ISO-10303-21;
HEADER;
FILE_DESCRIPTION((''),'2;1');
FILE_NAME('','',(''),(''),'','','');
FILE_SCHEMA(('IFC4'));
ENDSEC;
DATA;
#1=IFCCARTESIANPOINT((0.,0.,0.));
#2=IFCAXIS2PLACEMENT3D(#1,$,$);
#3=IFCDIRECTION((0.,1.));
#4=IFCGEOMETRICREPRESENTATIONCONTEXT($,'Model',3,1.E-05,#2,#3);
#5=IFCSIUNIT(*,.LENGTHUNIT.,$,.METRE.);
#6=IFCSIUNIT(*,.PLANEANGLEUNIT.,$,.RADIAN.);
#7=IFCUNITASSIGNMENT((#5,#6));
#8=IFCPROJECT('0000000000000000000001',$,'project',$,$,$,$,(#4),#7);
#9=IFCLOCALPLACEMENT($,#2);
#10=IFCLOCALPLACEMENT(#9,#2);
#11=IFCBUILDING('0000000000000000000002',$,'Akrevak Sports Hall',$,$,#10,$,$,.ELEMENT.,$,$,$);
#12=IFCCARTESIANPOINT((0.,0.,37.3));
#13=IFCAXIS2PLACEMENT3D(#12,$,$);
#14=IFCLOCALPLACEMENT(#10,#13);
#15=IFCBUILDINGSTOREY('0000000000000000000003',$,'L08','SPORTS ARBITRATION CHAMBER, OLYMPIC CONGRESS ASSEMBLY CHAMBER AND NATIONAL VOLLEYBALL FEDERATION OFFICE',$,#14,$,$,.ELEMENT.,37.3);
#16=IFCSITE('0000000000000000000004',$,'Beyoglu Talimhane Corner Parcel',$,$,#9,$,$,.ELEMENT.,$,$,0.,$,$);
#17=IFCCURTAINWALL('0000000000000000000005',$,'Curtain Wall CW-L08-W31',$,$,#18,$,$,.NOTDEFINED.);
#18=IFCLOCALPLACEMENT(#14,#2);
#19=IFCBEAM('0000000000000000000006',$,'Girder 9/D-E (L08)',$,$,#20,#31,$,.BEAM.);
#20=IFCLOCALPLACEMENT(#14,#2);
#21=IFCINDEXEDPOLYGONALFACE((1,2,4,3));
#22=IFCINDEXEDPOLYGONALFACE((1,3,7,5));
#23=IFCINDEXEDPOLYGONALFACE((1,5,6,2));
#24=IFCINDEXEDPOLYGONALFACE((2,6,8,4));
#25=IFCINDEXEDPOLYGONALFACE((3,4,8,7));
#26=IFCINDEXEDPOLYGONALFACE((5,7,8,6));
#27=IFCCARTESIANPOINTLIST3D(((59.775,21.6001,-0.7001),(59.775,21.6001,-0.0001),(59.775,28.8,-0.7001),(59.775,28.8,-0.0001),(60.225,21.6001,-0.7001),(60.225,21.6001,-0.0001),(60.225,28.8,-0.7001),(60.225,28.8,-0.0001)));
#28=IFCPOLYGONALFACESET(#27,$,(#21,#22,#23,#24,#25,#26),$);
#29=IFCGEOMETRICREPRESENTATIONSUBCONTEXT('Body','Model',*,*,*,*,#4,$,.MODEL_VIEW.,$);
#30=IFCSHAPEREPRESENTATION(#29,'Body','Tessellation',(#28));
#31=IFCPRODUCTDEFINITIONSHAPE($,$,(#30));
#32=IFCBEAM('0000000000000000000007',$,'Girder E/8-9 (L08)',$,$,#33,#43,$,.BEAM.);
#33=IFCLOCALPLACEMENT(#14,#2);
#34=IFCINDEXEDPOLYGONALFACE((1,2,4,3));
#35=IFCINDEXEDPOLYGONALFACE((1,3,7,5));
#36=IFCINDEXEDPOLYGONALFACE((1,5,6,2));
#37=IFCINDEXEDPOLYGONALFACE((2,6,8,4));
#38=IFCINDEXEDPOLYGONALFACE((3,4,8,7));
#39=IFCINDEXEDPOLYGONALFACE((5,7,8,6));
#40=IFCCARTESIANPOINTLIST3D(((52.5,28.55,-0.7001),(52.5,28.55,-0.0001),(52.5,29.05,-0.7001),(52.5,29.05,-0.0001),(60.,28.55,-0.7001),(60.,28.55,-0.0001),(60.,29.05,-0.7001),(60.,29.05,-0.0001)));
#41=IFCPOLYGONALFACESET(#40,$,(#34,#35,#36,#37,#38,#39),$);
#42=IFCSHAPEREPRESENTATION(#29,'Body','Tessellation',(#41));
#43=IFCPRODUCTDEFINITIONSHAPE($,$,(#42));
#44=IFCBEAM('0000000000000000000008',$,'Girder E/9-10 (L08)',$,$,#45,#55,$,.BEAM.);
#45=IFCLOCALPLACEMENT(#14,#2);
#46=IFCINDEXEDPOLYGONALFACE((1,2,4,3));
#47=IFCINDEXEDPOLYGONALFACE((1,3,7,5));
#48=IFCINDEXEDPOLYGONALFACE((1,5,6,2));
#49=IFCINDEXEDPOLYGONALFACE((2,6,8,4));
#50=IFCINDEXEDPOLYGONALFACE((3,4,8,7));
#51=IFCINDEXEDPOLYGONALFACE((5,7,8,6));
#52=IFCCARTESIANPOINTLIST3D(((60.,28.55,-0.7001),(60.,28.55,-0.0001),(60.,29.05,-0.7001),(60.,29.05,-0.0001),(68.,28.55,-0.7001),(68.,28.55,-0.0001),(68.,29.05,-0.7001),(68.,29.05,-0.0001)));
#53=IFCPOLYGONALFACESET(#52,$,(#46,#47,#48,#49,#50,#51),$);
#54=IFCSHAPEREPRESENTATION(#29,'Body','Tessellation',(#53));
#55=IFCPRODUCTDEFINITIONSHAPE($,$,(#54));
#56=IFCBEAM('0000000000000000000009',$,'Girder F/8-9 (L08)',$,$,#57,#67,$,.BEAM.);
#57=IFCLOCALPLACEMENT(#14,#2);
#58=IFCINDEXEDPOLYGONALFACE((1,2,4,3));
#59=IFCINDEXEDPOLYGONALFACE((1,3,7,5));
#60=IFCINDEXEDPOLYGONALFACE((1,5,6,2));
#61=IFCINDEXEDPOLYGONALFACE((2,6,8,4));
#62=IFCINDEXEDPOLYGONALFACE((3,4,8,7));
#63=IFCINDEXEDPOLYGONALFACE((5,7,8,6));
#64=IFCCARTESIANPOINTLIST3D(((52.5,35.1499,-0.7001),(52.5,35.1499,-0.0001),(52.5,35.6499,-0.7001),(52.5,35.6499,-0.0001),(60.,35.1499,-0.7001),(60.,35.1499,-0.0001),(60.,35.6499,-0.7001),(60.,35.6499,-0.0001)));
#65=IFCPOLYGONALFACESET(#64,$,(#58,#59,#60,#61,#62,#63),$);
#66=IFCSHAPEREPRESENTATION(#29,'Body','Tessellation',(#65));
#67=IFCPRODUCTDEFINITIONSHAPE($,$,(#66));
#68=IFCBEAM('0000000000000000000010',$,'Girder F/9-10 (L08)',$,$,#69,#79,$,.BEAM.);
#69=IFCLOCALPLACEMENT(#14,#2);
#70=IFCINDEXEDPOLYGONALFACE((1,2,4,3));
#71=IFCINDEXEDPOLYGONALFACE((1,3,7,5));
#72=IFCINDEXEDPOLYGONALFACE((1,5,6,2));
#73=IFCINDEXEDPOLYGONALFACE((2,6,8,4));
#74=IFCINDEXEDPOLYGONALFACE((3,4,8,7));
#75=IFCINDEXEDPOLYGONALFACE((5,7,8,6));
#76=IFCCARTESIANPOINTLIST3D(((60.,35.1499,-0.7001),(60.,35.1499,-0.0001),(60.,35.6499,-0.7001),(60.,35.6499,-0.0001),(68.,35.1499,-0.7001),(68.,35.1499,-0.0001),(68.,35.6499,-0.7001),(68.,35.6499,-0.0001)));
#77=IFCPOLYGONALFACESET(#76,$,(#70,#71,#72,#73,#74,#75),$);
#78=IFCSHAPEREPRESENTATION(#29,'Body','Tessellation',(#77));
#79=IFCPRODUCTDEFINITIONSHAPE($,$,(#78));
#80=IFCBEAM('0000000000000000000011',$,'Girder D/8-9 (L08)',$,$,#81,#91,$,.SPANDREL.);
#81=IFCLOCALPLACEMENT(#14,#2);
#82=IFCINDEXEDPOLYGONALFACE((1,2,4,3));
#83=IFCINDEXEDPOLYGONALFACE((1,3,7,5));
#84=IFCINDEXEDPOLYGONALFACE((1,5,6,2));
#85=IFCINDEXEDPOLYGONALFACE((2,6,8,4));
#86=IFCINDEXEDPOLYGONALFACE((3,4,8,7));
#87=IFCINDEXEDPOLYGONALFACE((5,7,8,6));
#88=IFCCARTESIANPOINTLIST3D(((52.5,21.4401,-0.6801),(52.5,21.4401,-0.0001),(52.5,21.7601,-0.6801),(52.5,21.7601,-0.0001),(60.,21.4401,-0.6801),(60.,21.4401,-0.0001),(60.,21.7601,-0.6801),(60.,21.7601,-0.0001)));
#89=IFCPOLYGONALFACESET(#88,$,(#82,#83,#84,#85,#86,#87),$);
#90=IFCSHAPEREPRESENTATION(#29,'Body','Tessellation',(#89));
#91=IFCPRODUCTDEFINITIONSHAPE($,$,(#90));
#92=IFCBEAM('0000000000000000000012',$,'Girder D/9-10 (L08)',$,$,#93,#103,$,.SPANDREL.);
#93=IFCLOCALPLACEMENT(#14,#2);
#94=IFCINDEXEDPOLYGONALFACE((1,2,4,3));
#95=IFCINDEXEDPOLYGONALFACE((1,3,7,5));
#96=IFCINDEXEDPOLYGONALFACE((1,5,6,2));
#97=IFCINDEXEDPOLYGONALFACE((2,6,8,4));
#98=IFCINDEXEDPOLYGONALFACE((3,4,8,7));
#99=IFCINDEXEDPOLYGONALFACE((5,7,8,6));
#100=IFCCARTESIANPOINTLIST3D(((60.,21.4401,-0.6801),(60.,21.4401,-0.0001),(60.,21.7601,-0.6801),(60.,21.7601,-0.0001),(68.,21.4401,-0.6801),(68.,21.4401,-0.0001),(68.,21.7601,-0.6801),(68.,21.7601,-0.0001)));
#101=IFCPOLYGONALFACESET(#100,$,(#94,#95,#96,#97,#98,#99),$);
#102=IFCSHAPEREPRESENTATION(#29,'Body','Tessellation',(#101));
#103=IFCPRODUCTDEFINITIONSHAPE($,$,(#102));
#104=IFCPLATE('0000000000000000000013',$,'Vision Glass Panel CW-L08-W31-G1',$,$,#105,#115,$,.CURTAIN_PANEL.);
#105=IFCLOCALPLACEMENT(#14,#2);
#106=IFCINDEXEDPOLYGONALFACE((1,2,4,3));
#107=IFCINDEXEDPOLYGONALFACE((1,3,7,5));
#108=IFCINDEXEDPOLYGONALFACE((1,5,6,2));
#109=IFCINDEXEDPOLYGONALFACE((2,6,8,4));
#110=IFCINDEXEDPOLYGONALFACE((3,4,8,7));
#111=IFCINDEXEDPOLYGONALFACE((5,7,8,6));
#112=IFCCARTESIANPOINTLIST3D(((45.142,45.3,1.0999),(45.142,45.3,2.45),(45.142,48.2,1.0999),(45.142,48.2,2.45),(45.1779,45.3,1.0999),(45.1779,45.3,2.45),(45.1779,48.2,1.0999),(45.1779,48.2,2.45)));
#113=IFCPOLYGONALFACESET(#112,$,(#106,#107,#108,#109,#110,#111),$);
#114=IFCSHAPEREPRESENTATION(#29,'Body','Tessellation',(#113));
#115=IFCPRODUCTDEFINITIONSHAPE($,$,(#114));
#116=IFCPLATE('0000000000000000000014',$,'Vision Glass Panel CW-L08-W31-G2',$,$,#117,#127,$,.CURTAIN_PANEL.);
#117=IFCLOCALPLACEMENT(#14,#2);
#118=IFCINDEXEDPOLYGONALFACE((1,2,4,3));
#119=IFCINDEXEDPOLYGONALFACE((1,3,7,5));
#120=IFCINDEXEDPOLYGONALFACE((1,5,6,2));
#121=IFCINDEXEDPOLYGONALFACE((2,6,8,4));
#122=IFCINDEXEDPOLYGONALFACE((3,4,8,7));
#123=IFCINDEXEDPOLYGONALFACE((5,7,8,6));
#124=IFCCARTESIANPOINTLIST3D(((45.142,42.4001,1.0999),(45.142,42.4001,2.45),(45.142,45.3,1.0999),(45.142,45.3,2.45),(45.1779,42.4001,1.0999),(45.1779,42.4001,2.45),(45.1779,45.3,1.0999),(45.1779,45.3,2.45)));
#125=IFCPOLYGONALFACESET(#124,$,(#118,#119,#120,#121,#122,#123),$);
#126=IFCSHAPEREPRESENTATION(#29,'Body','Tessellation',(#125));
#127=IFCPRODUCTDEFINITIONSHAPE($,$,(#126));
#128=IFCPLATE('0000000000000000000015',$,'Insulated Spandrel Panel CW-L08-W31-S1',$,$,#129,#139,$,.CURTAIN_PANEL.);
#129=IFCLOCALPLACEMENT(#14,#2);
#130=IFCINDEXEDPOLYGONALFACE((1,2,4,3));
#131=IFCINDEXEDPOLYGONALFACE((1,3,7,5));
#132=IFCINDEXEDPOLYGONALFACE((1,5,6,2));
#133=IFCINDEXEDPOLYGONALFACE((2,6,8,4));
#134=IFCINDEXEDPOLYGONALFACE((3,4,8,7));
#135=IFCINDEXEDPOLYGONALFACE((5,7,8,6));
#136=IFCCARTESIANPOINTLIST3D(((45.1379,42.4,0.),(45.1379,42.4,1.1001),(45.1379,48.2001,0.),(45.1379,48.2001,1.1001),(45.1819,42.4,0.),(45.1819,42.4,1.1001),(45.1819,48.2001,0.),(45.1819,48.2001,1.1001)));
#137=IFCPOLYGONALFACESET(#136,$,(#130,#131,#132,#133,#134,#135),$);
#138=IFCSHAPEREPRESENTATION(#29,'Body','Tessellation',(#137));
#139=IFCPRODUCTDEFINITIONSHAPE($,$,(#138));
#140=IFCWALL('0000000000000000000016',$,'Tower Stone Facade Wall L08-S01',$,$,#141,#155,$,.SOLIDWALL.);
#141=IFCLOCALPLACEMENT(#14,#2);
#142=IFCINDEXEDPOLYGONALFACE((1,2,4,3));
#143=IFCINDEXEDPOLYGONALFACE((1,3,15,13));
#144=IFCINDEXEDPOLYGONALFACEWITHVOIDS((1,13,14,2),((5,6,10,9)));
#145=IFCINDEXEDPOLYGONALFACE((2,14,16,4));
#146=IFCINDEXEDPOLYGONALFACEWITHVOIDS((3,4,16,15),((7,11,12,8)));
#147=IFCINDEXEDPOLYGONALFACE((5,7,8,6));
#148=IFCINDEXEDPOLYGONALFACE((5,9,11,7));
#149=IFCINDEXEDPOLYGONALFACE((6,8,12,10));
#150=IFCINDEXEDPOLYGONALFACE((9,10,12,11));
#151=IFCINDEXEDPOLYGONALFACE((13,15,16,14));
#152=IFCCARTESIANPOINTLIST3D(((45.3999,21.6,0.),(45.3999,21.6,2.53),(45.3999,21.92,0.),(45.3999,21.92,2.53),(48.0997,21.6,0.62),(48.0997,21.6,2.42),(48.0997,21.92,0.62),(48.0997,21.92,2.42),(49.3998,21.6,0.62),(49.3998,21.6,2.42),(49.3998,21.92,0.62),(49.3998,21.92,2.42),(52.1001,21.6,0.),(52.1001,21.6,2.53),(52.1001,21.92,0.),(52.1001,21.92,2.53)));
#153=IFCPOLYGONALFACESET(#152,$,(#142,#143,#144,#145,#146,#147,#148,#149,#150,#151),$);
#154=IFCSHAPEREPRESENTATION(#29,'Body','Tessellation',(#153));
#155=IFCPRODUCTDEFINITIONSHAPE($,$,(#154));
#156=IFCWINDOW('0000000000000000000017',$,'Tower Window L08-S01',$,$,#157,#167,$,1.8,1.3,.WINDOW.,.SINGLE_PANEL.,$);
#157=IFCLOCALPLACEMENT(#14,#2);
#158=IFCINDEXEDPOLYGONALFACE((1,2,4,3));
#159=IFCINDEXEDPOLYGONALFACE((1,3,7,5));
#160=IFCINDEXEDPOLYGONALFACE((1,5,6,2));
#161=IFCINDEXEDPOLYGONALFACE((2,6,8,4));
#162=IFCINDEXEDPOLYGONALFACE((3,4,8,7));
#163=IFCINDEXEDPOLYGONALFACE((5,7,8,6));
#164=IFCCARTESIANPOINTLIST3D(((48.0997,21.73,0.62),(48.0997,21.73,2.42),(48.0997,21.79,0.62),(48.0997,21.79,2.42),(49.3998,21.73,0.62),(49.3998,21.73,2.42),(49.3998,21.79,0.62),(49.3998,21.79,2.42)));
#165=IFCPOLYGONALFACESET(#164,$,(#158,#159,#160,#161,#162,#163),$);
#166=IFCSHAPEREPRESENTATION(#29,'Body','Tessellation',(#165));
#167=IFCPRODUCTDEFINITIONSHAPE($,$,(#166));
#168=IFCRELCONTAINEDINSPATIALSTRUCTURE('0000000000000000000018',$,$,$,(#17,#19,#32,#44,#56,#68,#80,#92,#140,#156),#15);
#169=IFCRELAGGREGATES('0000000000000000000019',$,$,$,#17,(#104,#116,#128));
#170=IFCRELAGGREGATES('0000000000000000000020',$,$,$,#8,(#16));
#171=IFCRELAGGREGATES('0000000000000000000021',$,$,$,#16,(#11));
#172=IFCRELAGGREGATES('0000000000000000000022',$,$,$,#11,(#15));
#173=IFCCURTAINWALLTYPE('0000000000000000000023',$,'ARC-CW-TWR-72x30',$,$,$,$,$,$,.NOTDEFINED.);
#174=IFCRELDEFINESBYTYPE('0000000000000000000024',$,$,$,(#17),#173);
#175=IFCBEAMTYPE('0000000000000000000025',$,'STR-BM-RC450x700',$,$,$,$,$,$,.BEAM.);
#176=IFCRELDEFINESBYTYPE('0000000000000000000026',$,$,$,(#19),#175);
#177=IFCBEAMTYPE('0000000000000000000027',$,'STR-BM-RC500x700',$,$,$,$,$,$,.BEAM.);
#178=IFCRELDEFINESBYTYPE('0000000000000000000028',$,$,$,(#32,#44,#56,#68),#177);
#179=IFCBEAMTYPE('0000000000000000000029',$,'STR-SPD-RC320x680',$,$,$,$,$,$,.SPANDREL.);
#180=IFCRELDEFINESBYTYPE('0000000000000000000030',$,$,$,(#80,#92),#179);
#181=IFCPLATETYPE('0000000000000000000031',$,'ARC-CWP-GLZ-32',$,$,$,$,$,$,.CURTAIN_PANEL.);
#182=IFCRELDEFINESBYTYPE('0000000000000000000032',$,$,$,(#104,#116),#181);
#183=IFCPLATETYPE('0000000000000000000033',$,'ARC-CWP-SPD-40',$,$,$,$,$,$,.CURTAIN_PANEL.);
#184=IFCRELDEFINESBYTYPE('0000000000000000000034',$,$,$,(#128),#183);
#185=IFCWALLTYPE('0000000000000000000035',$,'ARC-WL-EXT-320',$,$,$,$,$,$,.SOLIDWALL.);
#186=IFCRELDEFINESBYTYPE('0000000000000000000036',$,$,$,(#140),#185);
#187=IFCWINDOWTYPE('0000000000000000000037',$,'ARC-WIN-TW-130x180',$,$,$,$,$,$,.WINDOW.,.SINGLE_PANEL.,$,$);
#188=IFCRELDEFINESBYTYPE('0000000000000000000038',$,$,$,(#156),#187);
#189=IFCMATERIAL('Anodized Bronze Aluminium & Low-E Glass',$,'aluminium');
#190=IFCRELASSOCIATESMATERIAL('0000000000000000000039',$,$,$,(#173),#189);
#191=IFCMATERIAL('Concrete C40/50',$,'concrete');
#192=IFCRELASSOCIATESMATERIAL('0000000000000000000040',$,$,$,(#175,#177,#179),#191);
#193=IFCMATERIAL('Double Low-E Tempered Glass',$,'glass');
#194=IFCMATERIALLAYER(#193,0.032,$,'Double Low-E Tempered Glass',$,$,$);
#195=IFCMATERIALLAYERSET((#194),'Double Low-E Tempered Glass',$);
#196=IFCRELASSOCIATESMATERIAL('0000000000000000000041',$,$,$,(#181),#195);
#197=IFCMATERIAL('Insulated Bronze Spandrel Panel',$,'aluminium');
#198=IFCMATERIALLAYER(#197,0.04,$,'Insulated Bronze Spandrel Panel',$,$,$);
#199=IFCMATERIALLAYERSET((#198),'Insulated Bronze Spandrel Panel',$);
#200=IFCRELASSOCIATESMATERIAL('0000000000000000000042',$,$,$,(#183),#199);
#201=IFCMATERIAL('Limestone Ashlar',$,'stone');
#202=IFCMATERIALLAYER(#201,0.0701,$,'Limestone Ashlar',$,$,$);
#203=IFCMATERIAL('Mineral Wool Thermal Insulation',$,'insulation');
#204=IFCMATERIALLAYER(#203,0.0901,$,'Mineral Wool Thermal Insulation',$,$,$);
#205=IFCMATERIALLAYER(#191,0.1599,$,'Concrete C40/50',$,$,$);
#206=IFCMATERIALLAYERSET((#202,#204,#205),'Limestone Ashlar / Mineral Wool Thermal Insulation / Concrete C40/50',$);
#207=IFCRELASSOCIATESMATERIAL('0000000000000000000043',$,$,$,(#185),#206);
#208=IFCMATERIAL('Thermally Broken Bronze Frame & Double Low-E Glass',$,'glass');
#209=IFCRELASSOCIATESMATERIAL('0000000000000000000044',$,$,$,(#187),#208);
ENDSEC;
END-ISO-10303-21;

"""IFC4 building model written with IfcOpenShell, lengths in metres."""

from ifc_helpers import new_model, si_unit, direction, frame, frame_2d, origin, origin_2d, place, context, subcontext, project, spatial, rectangle, extrude, material, layer, layer_set, material_profile, profile_set, type_object, element, fill, aggregate, save


model = new_model("IFC4")

# Units and contexts
model_context = context("Model", 3, precision=1e-05, world=origin(), true_north=direction((0.0, 1.0)))
body_context = subcontext(model_context, "Body", "Model", "MODEL_VIEW")
ifc_project = project(units=[si_unit("LENGTHUNIT", "METRE"), si_unit("PLANEANGLEUNIT", "RADIAN")], contexts=[model_context])

# Site, building, storey
site_placement = place(None, origin())
site = spatial("IfcSite", under=ifc_project, at=site_placement, Name="Beyoglu Talimhane Corner Parcel", CompositionType="ELEMENT", RefElevation=0.0)
building_placement = place(site_placement, origin())
building = spatial("IfcBuilding", under=site, at=building_placement, Name="Akrevak Sports Hall", CompositionType="ELEMENT")
storey_placement = place(building_placement, frame((0.0, 0.0, 37.3)))
storey = spatial("IfcBuildingStorey", under=building, at=storey_placement, Name="L08", Description="SPORTS ARBITRATION CHAMBER, OLYMPIC CONGRESS ASSEMBLY CHAMBER AND NATIONAL VOLLEYBALL FEDERATION OFFICE", CompositionType="ELEMENT", Elevation=37.3)

# Shared definitions
ifc_material_1 = material(Name="Concrete C40/50", Category="concrete")

# Curtain wall
ifc_material_2 = material(Name="Anodized Bronze Aluminium & Low-E Glass", Category="aluminium")
curtain_wall_type = type_object("IfcCurtainWallType", Name="ARC-CW-TWR-72x30", PredefinedType="NOTDEFINED", material=ifc_material_2)
curtain_wall_placement = place(storey_placement, origin())
curtain_wall = element("IfcCurtainWall", 1, at=curtain_wall_placement, inside=storey, type_object=curtain_wall_type, Name="Curtain Wall CW-L08-W31", PredefinedType="NOTDEFINED")

# Beams
ifc_material_profile_1 = material_profile(ifc_material_1, rectangle(XDim=0.45, YDim=0.7, at=origin_2d()), Name="BM 450x700", Category="concrete")
ifc_profile_set_1 = profile_set([ifc_material_profile_1], Name="Concrete C40/50")
beam_type_1 = type_object("IfcBeamType", Name="STR-BM-RC450x700", PredefinedType="BEAM", material=ifc_profile_set_1)
beam_1_placement = place(storey_placement, frame((60.0, 21.6001, -0.3501), z_axis=(0.0, 1.0, 0.0), x_axis=(-1.0, 0.0, 0.0)))
element("IfcBeam", 2, at=beam_1_placement, inside=storey, type_object=beam_type_1, Name="Girder 9/D-E (L08)", PredefinedType="BEAM", context=body_context, shape_type="SweptSolid", body=[
    extrude(rectangle(XDim=0.45, YDim=0.7, at=origin_2d()), origin(), (0.0, 0.0, 1.0), 7.2),
])
ifc_material_profile_2 = material_profile(ifc_material_1, rectangle(XDim=0.5, YDim=0.7, at=origin_2d()), Name="BM 500x700", Category="concrete")
ifc_profile_set_2 = profile_set([ifc_material_profile_2], Name="Concrete C40/50")
beam_type_2 = type_object("IfcBeamType", Name="STR-BM-RC500x700", PredefinedType="BEAM", material=ifc_profile_set_2)
beam_2_placement = place(storey_placement, frame((52.5, 28.8, -0.3501), z_axis=(1.0, 0.0, 0.0), x_axis=(0.0, 1.0, 0.0)))
element("IfcBeam", 3, at=beam_2_placement, inside=storey, type_object=beam_type_2, Name="Girder E/8-9 (L08)", PredefinedType="BEAM", context=body_context, shape_type="SweptSolid", body=[
    extrude(rectangle(XDim=0.5, YDim=0.7, at=origin_2d()), origin(), (0.0, 0.0, 1.0), 7.5),
])
beam_3_placement = place(storey_placement, frame((60.0, 28.8, -0.3501), z_axis=(1.0, 0.0, 0.0), x_axis=(0.0, 1.0, 0.0)))
element("IfcBeam", 4, at=beam_3_placement, inside=storey, type_object=beam_type_2, Name="Girder E/9-10 (L08)", PredefinedType="BEAM", context=body_context, shape_type="SweptSolid", body=[
    extrude(rectangle(XDim=0.5, YDim=0.7, at=origin_2d()), origin(), (0.0, 0.0, 1.0), 8.0),
])
beam_4_placement = place(storey_placement, frame((52.5, 35.3999, -0.3501), z_axis=(1.0, 0.0, 0.0), x_axis=(0.0, 1.0, 0.0)))
element("IfcBeam", 5, at=beam_4_placement, inside=storey, type_object=beam_type_2, Name="Girder F/8-9 (L08)", PredefinedType="BEAM", context=body_context, shape_type="SweptSolid", body=[
    extrude(rectangle(XDim=0.5, YDim=0.7, at=origin_2d()), origin(), (0.0, 0.0, 1.0), 7.5),
])
beam_5_placement = place(storey_placement, frame((60.0, 35.3999, -0.3501), z_axis=(1.0, 0.0, 0.0), x_axis=(0.0, 1.0, 0.0)))
element("IfcBeam", 6, at=beam_5_placement, inside=storey, type_object=beam_type_2, Name="Girder F/9-10 (L08)", PredefinedType="BEAM", context=body_context, shape_type="SweptSolid", body=[
    extrude(rectangle(XDim=0.5, YDim=0.7, at=origin_2d()), origin(), (0.0, 0.0, 1.0), 8.0),
])
ifc_material_profile_3 = material_profile(ifc_material_1, rectangle(XDim=0.3201, YDim=0.6799, at=origin_2d()), Name="SPD 320x680", Category="concrete")
ifc_profile_set_3 = profile_set([ifc_material_profile_3], Name="Concrete C40/50")
beam_type_3 = type_object("IfcBeamType", Name="STR-SPD-RC320x680", PredefinedType="SPANDREL", material=ifc_profile_set_3)
beam_6_placement = place(storey_placement, frame((52.5, 21.6001, -0.3401), z_axis=(1.0, 0.0, 0.0), x_axis=(0.0, 1.0, 0.0)))
element("IfcBeam", 7, at=beam_6_placement, inside=storey, type_object=beam_type_3, Name="Girder D/8-9 (L08)", PredefinedType="SPANDREL", context=body_context, shape_type="SweptSolid", body=[
    extrude(rectangle(XDim=0.3201, YDim=0.6799, at=origin_2d()), origin(), (0.0, 0.0, 1.0), 7.5),
])
beam_7_placement = place(storey_placement, frame((60.0, 21.6001, -0.3401), z_axis=(1.0, 0.0, 0.0), x_axis=(0.0, 1.0, 0.0)))
element("IfcBeam", 8, at=beam_7_placement, inside=storey, type_object=beam_type_3, Name="Girder D/9-10 (L08)", PredefinedType="SPANDREL", context=body_context, shape_type="SweptSolid", body=[
    extrude(rectangle(XDim=0.3201, YDim=0.6799, at=origin_2d()), origin(), (0.0, 0.0, 1.0), 8.0),
])

# Plates
ifc_material_3 = material(Name="Double Low-E Tempered Glass", Category="glass")
ifc_layer_1 = layer(ifc_material_3, 0.032, Name="Double Low-E Tempered Glass")
ifc_layer_set_1 = layer_set([ifc_layer_1], Name="Double Low-E Tempered Glass")
plate_type_1 = type_object("IfcPlateType", Name="ARC-CWP-GLZ-32", PredefinedType="CURTAIN_PANEL", material=ifc_layer_set_1)
plate_1_placement = place(storey_placement, frame((45.1599, 46.75, 1.0999), z_axis=(0.0, 0.0, 1.0), x_axis=(0.0, -1.0, 0.0)))
plate_1 = element("IfcPlate", 9, at=plate_1_placement, type_object=plate_type_1, Name="Vision Glass Panel CW-L08-W31-G1", PredefinedType="CURTAIN_PANEL", context=body_context, shape_type="SweptSolid", body=[
    extrude(rectangle(XDim=2.8999, YDim=0.0359, at=origin_2d()), origin(), (0.0, 0.0, 1.0), 1.3501),
])
plate_2_placement = place(storey_placement, frame((45.1599, 43.8501, 1.0999), z_axis=(0.0, 0.0, 1.0), x_axis=(0.0, -1.0, 0.0)))
plate_2 = element("IfcPlate", 10, at=plate_2_placement, type_object=plate_type_1, Name="Vision Glass Panel CW-L08-W31-G2", PredefinedType="CURTAIN_PANEL", context=body_context, shape_type="SweptSolid", body=[
    extrude(rectangle(XDim=2.8999, YDim=0.0359, at=origin_2d()), origin(), (0.0, 0.0, 1.0), 1.3501),
])
ifc_material_4 = material(Name="Insulated Bronze Spandrel Panel", Category="aluminium")
ifc_layer_2 = layer(ifc_material_4, 0.04, Name="Insulated Bronze Spandrel Panel")
ifc_layer_set_2 = layer_set([ifc_layer_2], Name="Insulated Bronze Spandrel Panel")
plate_type_2 = type_object("IfcPlateType", Name="ARC-CWP-SPD-40", PredefinedType="CURTAIN_PANEL", material=ifc_layer_set_2)
plate_3_placement = place(storey_placement, frame((45.1599, 45.3, 0.0), z_axis=(0.0, 0.0, 1.0), x_axis=(0.0, -1.0, 0.0)))
plate_3 = element("IfcPlate", 11, at=plate_3_placement, type_object=plate_type_2, Name="Insulated Spandrel Panel CW-L08-W31-S1", PredefinedType="CURTAIN_PANEL", context=body_context, shape_type="SweptSolid", body=[
    extrude(rectangle(XDim=5.8, YDim=0.0439, at=origin_2d()), origin(), (0.0, 0.0, 1.0), 1.1001),
])
aggregate(curtain_wall, [plate_1, plate_2, plate_3])

# Wall, opening, window
ifc_material_5 = material(Name="Limestone Ashlar", Category="stone")
ifc_layer_3 = layer(ifc_material_5, 0.0701, Name="Limestone Ashlar")
ifc_material_6 = material(Name="Mineral Wool Thermal Insulation", Category="insulation")
ifc_layer_4 = layer(ifc_material_6, 0.0901, Name="Mineral Wool Thermal Insulation")
ifc_layer_5 = layer(ifc_material_1, 0.1599, Name="Concrete C40/50")
ifc_layer_set_3 = layer_set([ifc_layer_3, ifc_layer_4, ifc_layer_5], Name="Limestone Ashlar / Mineral Wool Thermal Insulation / Concrete C40/50")
wall_type_1 = type_object("IfcWallType", Name="ARC-WL-EXT-320", PredefinedType="SOLIDWALL", material=ifc_layer_set_3)
wall_1_placement = place(storey_placement, frame((45.3999, 21.76, 0.0), z_axis=(0.0, 0.0, 1.0), x_axis=(1.0, 0.0, 0.0)))
wall_1 = element("IfcWall", 12, at=wall_1_placement, inside=storey, type_object=wall_type_1, Name="Tower Stone Facade Wall L08-S01", PredefinedType="SOLIDWALL", context=body_context, shape_type="SweptSolid", body=[
    extrude(rectangle(XDim=6.7002, YDim=0.3201, at=frame_2d((3.3501, 0.0))), origin(), (0.0, 0.0, 1.0), 2.53),
])
opening_1_placement = place(wall_1_placement, frame((2.7, 0.0, 0.6201)))
opening_1 = element("IfcOpeningElement", 13, at=opening_1_placement, cuts=wall_1, PredefinedType="OPENING", context=body_context, shape_type="SweptSolid", body=[
    extrude(rectangle(XDim=1.3, YDim=1.8, at=frame_2d((0.6499, 0.8999))), frame((0.0, 0.1719, 0.0), z_axis=(0.0, -1.0, 0.0), x_axis=(1.0, 0.0, 0.0)), (0.0, 0.0, 1.0), 0.344),
])
ifc_material_7 = material(Name="Thermally Broken Bronze Frame & Double Low-E Glass", Category="glass")
window_type_1 = type_object("IfcWindowType", Name="ARC-WIN-TW-130x180", PartitioningType="SINGLE_PANEL", PredefinedType="WINDOW", material=ifc_material_7)
window_1_placement = place(opening_1_placement, origin())
window_1 = element("IfcWindow", 14, at=window_1_placement, inside=storey, type_object=window_type_1, Name="Tower Window L08-S01", OverallHeight=1.8, OverallWidth=1.3, PartitioningType="SINGLE_PANEL", PredefinedType="WINDOW", context=body_context, shape_type="SweptSolid", body=[
    extrude(rectangle(XDim=1.3, YDim=1.8, at=frame_2d((0.6499, 0.8999))), frame((0.0, 0.03, 0.0), z_axis=(0.0, -1.0, 0.0), x_axis=(1.0, 0.0, 0.0)), (0.0, 0.0, 1.0), 0.0601),
])
fill(opening_1, window_1)

save(model, "model.ifc")
